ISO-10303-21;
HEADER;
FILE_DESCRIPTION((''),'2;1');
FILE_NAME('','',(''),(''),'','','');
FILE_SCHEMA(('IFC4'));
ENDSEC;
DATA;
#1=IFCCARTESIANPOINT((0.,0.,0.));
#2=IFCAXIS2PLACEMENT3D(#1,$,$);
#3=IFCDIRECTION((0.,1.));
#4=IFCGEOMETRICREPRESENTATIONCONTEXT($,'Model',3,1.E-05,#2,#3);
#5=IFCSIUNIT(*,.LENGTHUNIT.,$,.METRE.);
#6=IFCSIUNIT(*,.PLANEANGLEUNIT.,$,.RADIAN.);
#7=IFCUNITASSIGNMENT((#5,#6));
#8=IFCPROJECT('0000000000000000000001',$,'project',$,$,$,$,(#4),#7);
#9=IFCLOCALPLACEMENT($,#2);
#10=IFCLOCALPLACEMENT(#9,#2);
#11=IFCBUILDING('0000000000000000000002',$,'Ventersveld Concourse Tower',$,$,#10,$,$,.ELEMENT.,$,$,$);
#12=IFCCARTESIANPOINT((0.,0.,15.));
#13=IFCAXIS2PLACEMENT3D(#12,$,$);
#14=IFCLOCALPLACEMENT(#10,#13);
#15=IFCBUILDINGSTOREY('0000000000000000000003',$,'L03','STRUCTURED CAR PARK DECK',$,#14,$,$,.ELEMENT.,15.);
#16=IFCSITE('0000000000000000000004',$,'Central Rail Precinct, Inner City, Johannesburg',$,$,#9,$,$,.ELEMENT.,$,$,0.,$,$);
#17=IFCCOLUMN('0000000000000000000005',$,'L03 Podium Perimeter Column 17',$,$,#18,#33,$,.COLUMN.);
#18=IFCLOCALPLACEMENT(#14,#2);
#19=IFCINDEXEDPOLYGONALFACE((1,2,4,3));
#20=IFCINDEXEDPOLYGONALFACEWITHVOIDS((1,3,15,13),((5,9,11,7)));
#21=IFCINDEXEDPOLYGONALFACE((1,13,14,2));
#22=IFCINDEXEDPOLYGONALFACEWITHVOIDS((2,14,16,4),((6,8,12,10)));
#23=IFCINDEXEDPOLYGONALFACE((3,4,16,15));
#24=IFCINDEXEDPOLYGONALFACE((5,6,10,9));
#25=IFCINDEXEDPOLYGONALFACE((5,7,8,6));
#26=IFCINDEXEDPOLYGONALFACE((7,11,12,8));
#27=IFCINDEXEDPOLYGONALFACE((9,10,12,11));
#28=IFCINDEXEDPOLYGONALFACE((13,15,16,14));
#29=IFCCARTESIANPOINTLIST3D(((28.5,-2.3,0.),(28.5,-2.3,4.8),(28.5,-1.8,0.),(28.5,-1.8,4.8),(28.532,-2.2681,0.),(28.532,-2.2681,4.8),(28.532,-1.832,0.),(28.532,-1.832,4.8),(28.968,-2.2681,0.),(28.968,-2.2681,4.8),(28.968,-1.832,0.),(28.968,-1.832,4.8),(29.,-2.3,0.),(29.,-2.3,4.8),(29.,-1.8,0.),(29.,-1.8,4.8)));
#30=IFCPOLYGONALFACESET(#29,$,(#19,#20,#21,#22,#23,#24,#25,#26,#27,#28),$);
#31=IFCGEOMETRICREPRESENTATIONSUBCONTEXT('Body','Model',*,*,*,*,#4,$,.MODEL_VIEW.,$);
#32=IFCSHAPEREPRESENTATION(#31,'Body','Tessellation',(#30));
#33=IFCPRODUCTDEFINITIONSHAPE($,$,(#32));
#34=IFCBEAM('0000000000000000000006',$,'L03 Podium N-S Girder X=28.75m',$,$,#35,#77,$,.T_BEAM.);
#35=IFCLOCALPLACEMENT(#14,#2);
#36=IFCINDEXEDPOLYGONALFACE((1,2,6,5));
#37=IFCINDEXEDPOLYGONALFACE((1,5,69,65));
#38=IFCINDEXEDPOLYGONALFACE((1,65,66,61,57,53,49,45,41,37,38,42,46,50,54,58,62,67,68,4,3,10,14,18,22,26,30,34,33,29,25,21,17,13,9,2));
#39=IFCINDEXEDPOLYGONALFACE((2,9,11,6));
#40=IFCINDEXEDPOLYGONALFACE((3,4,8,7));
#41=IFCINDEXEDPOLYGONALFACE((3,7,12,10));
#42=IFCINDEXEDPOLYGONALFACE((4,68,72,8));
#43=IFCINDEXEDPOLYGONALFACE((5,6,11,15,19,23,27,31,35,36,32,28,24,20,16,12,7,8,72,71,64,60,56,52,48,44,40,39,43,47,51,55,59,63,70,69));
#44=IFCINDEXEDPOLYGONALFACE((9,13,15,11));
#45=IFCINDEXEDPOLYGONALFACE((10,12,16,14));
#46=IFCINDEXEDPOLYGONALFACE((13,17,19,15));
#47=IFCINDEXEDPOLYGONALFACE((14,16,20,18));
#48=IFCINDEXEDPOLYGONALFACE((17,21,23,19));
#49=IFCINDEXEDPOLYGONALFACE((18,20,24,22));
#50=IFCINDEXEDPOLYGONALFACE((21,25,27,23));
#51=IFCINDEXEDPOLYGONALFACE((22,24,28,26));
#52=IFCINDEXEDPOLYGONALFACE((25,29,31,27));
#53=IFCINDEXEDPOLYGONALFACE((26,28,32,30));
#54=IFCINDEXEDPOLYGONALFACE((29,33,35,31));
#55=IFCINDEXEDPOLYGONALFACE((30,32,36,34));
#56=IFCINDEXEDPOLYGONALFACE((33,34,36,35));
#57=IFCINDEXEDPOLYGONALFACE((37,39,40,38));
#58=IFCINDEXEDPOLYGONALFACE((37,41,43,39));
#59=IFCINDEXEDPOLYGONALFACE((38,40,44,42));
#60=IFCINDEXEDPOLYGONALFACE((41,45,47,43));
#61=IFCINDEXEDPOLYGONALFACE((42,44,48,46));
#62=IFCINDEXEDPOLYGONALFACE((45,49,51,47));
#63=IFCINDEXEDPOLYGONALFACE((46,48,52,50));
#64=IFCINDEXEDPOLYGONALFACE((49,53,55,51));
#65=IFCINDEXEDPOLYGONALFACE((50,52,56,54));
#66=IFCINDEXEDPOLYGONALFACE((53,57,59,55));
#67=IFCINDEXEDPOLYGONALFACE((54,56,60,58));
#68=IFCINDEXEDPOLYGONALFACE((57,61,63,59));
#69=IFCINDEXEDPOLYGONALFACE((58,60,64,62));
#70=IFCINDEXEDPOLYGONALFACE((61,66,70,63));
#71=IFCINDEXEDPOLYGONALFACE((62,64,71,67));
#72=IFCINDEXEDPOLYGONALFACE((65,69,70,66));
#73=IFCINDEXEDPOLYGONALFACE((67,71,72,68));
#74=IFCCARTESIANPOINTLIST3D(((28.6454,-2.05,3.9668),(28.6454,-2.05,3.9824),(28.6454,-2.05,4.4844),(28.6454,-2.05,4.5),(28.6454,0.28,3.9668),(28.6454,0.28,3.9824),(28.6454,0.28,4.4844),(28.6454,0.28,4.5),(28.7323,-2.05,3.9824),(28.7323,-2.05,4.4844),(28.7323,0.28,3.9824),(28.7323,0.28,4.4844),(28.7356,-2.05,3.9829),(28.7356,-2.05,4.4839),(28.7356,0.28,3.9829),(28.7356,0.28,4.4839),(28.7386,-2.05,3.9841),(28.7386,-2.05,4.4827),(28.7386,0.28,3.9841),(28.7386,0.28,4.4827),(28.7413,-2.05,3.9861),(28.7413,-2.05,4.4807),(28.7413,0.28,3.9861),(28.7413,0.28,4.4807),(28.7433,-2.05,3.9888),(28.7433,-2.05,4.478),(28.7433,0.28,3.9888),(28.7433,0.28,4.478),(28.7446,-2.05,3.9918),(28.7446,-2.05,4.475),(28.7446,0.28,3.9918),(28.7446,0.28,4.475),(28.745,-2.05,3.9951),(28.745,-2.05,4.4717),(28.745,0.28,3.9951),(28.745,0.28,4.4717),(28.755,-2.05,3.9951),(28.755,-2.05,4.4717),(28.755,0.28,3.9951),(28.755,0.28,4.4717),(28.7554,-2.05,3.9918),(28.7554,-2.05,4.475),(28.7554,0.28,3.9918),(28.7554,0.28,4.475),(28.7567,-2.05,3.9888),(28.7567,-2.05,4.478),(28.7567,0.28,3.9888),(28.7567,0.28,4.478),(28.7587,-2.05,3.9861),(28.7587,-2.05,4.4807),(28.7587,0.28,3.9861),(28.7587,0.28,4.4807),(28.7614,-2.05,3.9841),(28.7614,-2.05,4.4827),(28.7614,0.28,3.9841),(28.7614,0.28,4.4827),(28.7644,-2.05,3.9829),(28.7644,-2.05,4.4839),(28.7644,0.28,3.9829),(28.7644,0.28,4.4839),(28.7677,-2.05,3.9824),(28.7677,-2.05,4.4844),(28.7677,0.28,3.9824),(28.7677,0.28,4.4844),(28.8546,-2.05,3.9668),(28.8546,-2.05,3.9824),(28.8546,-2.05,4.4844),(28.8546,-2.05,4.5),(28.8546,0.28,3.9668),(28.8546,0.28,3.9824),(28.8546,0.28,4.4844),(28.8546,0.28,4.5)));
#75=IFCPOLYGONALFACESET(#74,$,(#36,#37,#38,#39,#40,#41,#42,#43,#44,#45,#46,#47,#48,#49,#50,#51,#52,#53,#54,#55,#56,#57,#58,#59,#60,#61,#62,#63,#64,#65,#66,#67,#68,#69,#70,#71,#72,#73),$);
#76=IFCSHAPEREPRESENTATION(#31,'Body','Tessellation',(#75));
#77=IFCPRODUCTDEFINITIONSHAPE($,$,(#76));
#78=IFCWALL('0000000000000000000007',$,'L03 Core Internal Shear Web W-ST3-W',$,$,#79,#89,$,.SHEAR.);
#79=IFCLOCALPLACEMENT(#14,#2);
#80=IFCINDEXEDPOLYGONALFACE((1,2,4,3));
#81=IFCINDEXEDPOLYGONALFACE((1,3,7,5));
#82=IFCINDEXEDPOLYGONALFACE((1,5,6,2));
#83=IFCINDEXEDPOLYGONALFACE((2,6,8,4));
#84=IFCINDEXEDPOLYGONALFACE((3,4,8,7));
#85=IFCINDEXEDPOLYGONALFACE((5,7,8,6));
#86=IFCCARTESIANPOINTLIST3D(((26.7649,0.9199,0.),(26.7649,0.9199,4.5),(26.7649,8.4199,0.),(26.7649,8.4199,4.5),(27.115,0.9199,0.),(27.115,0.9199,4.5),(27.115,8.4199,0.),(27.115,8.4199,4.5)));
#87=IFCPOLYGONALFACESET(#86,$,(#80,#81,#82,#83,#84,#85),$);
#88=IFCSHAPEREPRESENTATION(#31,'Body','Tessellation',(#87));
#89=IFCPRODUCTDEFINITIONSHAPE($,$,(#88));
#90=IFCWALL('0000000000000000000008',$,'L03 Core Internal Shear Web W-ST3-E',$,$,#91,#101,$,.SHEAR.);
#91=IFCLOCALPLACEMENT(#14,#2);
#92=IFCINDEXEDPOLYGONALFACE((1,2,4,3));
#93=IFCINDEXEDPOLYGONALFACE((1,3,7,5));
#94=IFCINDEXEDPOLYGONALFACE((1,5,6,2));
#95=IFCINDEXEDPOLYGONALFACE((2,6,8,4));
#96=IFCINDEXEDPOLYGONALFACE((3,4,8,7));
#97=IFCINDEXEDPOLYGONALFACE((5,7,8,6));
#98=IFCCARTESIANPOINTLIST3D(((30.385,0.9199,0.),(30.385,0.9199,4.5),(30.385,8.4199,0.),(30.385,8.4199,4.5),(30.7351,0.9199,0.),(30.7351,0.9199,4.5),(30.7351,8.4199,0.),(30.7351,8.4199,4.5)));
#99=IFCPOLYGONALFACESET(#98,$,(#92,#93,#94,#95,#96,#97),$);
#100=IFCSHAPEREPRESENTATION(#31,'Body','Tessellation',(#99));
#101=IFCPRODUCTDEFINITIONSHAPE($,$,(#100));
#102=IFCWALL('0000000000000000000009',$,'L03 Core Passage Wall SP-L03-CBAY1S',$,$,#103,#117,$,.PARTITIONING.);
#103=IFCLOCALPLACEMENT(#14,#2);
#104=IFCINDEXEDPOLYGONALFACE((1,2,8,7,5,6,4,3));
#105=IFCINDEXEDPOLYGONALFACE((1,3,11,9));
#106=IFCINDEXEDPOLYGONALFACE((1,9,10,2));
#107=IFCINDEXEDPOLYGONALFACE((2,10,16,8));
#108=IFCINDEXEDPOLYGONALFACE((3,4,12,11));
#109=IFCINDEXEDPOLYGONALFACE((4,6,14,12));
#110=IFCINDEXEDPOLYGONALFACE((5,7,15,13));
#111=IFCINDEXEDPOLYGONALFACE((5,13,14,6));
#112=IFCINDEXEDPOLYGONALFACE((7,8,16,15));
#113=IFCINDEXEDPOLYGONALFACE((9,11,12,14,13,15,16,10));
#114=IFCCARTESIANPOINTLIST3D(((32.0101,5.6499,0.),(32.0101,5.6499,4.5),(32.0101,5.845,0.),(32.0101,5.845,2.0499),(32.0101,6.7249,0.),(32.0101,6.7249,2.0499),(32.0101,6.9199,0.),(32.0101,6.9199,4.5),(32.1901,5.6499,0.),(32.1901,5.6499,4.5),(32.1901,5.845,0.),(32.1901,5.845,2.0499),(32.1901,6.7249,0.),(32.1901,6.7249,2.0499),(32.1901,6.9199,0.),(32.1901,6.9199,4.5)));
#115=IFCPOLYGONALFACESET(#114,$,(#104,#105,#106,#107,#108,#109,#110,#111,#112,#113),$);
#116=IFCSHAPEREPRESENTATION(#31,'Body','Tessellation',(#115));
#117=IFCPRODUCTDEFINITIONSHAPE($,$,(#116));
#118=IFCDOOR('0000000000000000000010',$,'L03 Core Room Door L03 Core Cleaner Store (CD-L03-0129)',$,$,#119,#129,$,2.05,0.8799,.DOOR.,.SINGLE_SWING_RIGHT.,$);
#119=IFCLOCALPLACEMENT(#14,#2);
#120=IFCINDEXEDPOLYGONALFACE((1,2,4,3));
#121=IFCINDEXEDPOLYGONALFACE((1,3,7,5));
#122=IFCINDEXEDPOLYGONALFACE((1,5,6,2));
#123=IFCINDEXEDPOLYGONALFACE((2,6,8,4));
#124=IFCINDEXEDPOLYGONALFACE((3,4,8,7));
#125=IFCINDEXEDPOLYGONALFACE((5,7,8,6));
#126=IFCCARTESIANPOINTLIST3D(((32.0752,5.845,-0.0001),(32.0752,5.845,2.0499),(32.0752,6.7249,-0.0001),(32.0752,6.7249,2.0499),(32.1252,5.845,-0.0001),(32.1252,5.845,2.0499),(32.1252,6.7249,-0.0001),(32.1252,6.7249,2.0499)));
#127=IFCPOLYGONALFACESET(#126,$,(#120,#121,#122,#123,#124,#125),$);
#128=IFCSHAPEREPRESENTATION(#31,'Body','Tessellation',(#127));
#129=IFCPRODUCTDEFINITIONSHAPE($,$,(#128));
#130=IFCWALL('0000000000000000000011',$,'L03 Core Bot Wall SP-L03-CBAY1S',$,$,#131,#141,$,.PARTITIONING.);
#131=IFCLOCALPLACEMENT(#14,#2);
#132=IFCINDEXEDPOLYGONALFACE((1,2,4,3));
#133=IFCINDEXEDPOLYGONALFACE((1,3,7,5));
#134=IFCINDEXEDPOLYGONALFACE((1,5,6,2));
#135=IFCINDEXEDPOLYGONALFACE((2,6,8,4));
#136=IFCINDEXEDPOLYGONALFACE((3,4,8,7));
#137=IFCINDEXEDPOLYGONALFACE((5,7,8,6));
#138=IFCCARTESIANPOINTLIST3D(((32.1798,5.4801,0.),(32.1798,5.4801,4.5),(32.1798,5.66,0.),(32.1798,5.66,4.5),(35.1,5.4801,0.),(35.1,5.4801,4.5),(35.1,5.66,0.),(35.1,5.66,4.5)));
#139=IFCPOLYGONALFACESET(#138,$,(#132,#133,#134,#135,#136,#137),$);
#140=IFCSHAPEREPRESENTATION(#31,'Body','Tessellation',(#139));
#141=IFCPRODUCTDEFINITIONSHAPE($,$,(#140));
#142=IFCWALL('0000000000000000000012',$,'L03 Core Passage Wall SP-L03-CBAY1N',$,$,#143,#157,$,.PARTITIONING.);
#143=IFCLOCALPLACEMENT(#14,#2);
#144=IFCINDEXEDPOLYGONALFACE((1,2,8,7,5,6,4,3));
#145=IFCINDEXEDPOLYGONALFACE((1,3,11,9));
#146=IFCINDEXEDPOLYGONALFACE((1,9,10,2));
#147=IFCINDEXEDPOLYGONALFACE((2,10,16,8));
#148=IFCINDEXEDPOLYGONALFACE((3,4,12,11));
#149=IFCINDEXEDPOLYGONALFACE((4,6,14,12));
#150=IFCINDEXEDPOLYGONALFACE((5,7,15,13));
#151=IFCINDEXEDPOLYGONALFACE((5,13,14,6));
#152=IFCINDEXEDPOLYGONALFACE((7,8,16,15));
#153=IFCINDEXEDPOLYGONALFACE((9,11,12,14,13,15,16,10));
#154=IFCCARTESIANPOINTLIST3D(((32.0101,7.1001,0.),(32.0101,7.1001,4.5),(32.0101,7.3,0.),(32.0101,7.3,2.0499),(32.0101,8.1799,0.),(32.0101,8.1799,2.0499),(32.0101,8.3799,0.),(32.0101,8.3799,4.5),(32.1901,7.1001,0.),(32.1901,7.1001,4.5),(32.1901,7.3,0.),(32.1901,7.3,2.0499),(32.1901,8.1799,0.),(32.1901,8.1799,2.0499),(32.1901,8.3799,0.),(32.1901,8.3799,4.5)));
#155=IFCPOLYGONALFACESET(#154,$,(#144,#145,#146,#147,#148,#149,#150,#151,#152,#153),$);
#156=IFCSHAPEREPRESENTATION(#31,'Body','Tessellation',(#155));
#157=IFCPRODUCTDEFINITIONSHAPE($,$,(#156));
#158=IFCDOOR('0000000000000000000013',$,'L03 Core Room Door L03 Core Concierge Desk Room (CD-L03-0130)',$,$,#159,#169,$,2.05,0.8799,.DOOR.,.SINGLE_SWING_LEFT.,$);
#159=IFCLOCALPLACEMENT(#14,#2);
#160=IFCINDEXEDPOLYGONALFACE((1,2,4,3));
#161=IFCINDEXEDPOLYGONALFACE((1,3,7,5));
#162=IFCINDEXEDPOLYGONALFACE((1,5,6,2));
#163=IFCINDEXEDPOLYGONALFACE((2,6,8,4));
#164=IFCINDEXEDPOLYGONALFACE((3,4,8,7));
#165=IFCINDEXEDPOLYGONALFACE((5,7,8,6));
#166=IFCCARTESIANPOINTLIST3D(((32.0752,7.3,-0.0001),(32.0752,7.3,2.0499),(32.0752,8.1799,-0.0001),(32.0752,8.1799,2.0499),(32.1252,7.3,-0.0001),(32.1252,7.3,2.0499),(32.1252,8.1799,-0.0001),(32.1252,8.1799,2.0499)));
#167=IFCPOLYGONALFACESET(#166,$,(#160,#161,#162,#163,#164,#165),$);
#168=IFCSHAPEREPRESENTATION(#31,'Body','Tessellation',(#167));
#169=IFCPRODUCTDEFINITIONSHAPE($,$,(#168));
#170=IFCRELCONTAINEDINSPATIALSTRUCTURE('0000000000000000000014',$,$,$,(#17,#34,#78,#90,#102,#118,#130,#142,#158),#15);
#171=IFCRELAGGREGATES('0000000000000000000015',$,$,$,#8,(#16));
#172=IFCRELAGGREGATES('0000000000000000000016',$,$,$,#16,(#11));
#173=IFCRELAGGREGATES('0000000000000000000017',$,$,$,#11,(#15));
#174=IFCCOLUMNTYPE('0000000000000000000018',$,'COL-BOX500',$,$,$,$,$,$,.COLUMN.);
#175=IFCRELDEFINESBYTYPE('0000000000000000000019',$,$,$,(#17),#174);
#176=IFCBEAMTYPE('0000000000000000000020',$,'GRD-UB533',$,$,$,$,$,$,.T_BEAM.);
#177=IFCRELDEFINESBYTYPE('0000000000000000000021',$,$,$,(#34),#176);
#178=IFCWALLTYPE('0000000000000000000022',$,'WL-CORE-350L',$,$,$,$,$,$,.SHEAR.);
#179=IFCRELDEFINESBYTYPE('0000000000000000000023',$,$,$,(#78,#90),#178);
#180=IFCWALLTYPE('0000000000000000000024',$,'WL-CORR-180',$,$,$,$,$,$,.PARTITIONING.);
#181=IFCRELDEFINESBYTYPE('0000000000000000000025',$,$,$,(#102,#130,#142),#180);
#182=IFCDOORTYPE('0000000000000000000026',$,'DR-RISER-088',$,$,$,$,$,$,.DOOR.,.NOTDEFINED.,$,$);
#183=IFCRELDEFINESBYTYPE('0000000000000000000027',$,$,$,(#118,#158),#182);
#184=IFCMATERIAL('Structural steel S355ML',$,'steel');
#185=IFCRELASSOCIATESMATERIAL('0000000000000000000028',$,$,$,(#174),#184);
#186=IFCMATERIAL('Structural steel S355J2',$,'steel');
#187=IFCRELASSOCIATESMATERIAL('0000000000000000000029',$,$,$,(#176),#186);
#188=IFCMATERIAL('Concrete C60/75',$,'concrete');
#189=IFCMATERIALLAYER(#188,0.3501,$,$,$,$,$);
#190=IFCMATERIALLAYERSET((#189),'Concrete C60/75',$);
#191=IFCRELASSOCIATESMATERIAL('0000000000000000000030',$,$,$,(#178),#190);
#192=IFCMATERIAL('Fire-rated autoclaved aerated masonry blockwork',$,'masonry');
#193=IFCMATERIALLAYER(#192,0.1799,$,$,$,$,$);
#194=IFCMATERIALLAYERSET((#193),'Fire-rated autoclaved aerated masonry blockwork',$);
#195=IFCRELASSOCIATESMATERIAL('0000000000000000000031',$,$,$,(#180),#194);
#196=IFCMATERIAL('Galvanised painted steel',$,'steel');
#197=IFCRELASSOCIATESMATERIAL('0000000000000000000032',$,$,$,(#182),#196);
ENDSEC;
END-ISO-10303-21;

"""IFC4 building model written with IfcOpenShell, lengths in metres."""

from ifc_helpers import new_model, si_unit, direction, frame, frame_2d, origin, origin_2d, place, context, subcontext, project, spatial, rectangle, hollow_rectangle, i_section, extrude, material, layer, layer_set, material_profile, profile_set, type_object, element, fill, save


model = new_model("IFC4")

# Units and contexts
model_context = context("Model", 3, precision=1e-05, world=origin(), true_north=direction((0.0, 1.0)))
body_context = subcontext(model_context, "Body", "Model", "MODEL_VIEW")
ifc_project = project(units=[si_unit("LENGTHUNIT", "METRE"), si_unit("PLANEANGLEUNIT", "RADIAN")], contexts=[model_context])

# Site, building, storey
site_placement = place(None, origin())
site = spatial("IfcSite", under=ifc_project, at=site_placement, Name="Central Rail Precinct, Inner City, Johannesburg", CompositionType="ELEMENT", RefElevation=0.0)
building_placement = place(site_placement, origin())
building = spatial("IfcBuilding", under=site, at=building_placement, Name="Ventersveld Concourse Tower", CompositionType="ELEMENT")
storey_placement = place(building_placement, frame((0.0, 0.0, 15.0)))
storey = spatial("IfcBuildingStorey", under=building, at=storey_placement, Name="L03", Description="STRUCTURED CAR PARK DECK", CompositionType="ELEMENT", Elevation=15.0)

# Column
ifc_material_1 = material(Name="Structural steel S355ML", Category="steel")
ifc_material_profile_1 = material_profile(ifc_material_1, hollow_rectangle(XDim=0.5, YDim=0.5, WallThickness=0.032, at=origin_2d()), Name="BOX 500x500x32")
ifc_profile_set_1 = profile_set([ifc_material_profile_1], Name="Structural steel S355ML")
column_type = type_object("IfcColumnType", Name="COL-BOX500", PredefinedType="COLUMN", material=ifc_profile_set_1)
column_placement = place(storey_placement, frame((28.75, -2.05, 0.0), z_axis=(0.0, 0.0, 1.0), x_axis=(1.0, 0.0, 0.0)))
element("IfcColumn", 1, at=column_placement, inside=storey, type_object=column_type, Name="L03 Podium Perimeter Column 17", PredefinedType="COLUMN", context=body_context, shape_type="SweptSolid", body=[
    extrude(hollow_rectangle(XDim=0.5, YDim=0.5, WallThickness=0.032, at=origin_2d()), origin(), (0.0, 0.0, 1.0), 4.8),
])

# Beam
ifc_material_2 = material(Name="Structural steel S355J2", Category="steel")
ifc_material_profile_2 = material_profile(ifc_material_2, i_section(OverallWidth=0.2092, OverallDepth=0.5332, WebThickness=0.01, FlangeThickness=0.0156, FilletRadius=0.0127, at=origin_2d()), Name="UB 533x210x92")
ifc_profile_set_2 = profile_set([ifc_material_profile_2], Name="Structural steel S355J2")
beam_type = type_object("IfcBeamType", Name="GRD-UB533", PredefinedType="T_BEAM", material=ifc_profile_set_2)
beam_placement = place(storey_placement, frame((28.75, -2.05, 4.2334), z_axis=(0.0, 1.0, 0.0), x_axis=(-1.0, 0.0, 0.0)))
element("IfcBeam", 2, at=beam_placement, inside=storey, type_object=beam_type, Name="L03 Podium N-S Girder X=28.75m", PredefinedType="T_BEAM", context=body_context, shape_type="SweptSolid", body=[
    extrude(i_section(OverallWidth=0.2092, OverallDepth=0.5332, WebThickness=0.01, FlangeThickness=0.0156, FilletRadius=0.0127, at=origin_2d()), origin(), (0.0, 0.0, 1.0), 2.3301),
])

# Walls
ifc_material_3 = material(Name="Concrete C60/75", Category="concrete")
ifc_layer_1 = layer(ifc_material_3, 0.3501)
ifc_layer_set_1 = layer_set([ifc_layer_1], Name="Concrete C60/75")
wall_type_1 = type_object("IfcWallType", Name="WL-CORE-350L", PredefinedType="SHEAR", material=ifc_layer_set_1)
for number, where, z_axis, x_axis, name in (
    (3, (26.9399, 0.9199, 0.0), (0.0, 0.0, 1.0), (0.0, 1.0, 0.0), "L03 Core Internal Shear Web W-ST3-W"),
    (4, (30.5601, 0.9199, 0.0), (0.0, 0.0, 1.0), (0.0, 1.0, 0.0), "L03 Core Internal Shear Web W-ST3-E"),
):
    element("IfcWall", number, at=place(storey_placement, frame(where, z_axis=z_axis, x_axis=x_axis)), inside=storey, type_object=wall_type_1, Name=name, PredefinedType="SHEAR", context=body_context, shape_type="SweptSolid", body=[
        extrude(rectangle(XDim=7.5, YDim=0.3501, at=frame_2d((3.75, 0.0))), origin(), (0.0, 0.0, 1.0), 4.5),
    ])

# Wall, opening, door
ifc_material_4 = material(Name="Fire-rated autoclaved aerated masonry blockwork", Category="masonry")
ifc_layer_2 = layer(ifc_material_4, 0.1799)
ifc_layer_set_2 = layer_set([ifc_layer_2], Name="Fire-rated autoclaved aerated masonry blockwork")
wall_type_2 = type_object("IfcWallType", Name="WL-CORR-180", PredefinedType="PARTITIONING", material=ifc_layer_set_2)
wall_1_placement = place(storey_placement, frame((32.1001, 5.6499, 0.0), z_axis=(0.0, 0.0, 1.0), x_axis=(0.0, 1.0, 0.0)))
wall_1 = element("IfcWall", 5, at=wall_1_placement, inside=storey, type_object=wall_type_2, Name="L03 Core Passage Wall SP-L03-CBAY1S", PredefinedType="PARTITIONING", context=body_context, shape_type="SweptSolid", body=[
    extrude(rectangle(XDim=1.27, YDim=0.1799, at=frame_2d((0.635, 0.0))), origin(), (0.0, 0.0, 1.0), 4.5),
])
opening_1_placement = place(wall_1_placement, frame((0.1951, 0.0, 0.0)))
opening_1 = element("IfcOpeningElement", 6, at=opening_1_placement, cuts=wall_1, PredefinedType="OPENING", context=body_context, shape_type="SweptSolid", body=[
    extrude(rectangle(XDim=0.8799, YDim=2.05, at=frame_2d((0.4399, 1.0249))), frame((0.0, 0.1001, 0.0), z_axis=(0.0, -1.0, 0.0), x_axis=(1.0, 0.0, 0.0)), (0.0, 0.0, 1.0), 0.2),
])
ifc_material_5 = material(Name="Galvanised painted steel", Category="steel")
door_type_1 = type_object("IfcDoorType", Name="DR-RISER-088", OperationType="NOTDEFINED", PredefinedType="DOOR", material=ifc_material_5)
door_1_placement = place(opening_1_placement, origin())
door_1 = element("IfcDoor", 7, at=door_1_placement, inside=storey, type_object=door_type_1, Name="L03 Core Room Door L03 Core Cleaner Store (CD-L03-0129)", OperationType="SINGLE_SWING_RIGHT", OverallHeight=2.05, OverallWidth=0.8799, PredefinedType="DOOR", context=body_context, shape_type="SweptSolid", body=[
    extrude(rectangle(XDim=0.8799, YDim=2.05, at=frame_2d((0.4399, 1.0249))), frame((0.0, 0.0249, 0.0), z_axis=(0.0, -1.0, 0.0), x_axis=(1.0, 0.0, 0.0)), (0.0, 0.0, 1.0), 0.05),
])
fill(opening_1, door_1)

# Wall
wall_2_placement = place(storey_placement, frame((32.1799, 5.5701, 0.0), z_axis=(0.0, 0.0, 1.0), x_axis=(1.0, 0.0, 0.0)))
element("IfcWall", 8, at=wall_2_placement, inside=storey, type_object=wall_type_2, Name="L03 Core Bot Wall SP-L03-CBAY1S", PredefinedType="PARTITIONING", context=body_context, shape_type="SweptSolid", body=[
    extrude(rectangle(XDim=2.9202, YDim=0.1799, at=frame_2d((1.46, 0.0))), origin(), (0.0, 0.0, 1.0), 4.5),
])

# Wall, opening, door
wall_3_placement = place(storey_placement, frame((32.1001, 7.1001, 0.0), z_axis=(0.0, 0.0, 1.0), x_axis=(0.0, 1.0, 0.0)))
wall_3 = element("IfcWall", 9, at=wall_3_placement, inside=storey, type_object=wall_type_2, Name="L03 Core Passage Wall SP-L03-CBAY1N", PredefinedType="PARTITIONING", context=body_context, shape_type="SweptSolid", body=[
    extrude(rectangle(XDim=1.2798, YDim=0.1799, at=frame_2d((0.6399, 0.0))), origin(), (0.0, 0.0, 1.0), 4.5),
])
opening_2_placement = place(wall_3_placement, frame((0.2, 0.0, 0.0)))
opening_2 = element("IfcOpeningElement", 10, at=opening_2_placement, cuts=wall_3, PredefinedType="OPENING", context=body_context, shape_type="SweptSolid", body=[
    extrude(rectangle(XDim=0.8799, YDim=2.05, at=frame_2d((0.4399, 1.0249))), frame((0.0, 0.1001, 0.0), z_axis=(0.0, -1.0, 0.0), x_axis=(1.0, 0.0, 0.0)), (0.0, 0.0, 1.0), 0.2),
])
door_2_placement = place(opening_2_placement, origin())
door_2 = element("IfcDoor", 11, at=door_2_placement, inside=storey, type_object=door_type_1, Name="L03 Core Room Door L03 Core Concierge Desk Room (CD-L03-0130)", OperationType="SINGLE_SWING_LEFT", OverallHeight=2.05, OverallWidth=0.8799, PredefinedType="DOOR", context=body_context, shape_type="SweptSolid", body=[
    extrude(rectangle(XDim=0.8799, YDim=2.05, at=frame_2d((0.4399, 1.0249))), frame((0.0, 0.0249, 0.0), z_axis=(0.0, -1.0, 0.0), x_axis=(1.0, 0.0, 0.0)), (0.0, 0.0, 1.0), 0.05),
])
fill(opening_2, door_2)

save(model, "model.ifc")
